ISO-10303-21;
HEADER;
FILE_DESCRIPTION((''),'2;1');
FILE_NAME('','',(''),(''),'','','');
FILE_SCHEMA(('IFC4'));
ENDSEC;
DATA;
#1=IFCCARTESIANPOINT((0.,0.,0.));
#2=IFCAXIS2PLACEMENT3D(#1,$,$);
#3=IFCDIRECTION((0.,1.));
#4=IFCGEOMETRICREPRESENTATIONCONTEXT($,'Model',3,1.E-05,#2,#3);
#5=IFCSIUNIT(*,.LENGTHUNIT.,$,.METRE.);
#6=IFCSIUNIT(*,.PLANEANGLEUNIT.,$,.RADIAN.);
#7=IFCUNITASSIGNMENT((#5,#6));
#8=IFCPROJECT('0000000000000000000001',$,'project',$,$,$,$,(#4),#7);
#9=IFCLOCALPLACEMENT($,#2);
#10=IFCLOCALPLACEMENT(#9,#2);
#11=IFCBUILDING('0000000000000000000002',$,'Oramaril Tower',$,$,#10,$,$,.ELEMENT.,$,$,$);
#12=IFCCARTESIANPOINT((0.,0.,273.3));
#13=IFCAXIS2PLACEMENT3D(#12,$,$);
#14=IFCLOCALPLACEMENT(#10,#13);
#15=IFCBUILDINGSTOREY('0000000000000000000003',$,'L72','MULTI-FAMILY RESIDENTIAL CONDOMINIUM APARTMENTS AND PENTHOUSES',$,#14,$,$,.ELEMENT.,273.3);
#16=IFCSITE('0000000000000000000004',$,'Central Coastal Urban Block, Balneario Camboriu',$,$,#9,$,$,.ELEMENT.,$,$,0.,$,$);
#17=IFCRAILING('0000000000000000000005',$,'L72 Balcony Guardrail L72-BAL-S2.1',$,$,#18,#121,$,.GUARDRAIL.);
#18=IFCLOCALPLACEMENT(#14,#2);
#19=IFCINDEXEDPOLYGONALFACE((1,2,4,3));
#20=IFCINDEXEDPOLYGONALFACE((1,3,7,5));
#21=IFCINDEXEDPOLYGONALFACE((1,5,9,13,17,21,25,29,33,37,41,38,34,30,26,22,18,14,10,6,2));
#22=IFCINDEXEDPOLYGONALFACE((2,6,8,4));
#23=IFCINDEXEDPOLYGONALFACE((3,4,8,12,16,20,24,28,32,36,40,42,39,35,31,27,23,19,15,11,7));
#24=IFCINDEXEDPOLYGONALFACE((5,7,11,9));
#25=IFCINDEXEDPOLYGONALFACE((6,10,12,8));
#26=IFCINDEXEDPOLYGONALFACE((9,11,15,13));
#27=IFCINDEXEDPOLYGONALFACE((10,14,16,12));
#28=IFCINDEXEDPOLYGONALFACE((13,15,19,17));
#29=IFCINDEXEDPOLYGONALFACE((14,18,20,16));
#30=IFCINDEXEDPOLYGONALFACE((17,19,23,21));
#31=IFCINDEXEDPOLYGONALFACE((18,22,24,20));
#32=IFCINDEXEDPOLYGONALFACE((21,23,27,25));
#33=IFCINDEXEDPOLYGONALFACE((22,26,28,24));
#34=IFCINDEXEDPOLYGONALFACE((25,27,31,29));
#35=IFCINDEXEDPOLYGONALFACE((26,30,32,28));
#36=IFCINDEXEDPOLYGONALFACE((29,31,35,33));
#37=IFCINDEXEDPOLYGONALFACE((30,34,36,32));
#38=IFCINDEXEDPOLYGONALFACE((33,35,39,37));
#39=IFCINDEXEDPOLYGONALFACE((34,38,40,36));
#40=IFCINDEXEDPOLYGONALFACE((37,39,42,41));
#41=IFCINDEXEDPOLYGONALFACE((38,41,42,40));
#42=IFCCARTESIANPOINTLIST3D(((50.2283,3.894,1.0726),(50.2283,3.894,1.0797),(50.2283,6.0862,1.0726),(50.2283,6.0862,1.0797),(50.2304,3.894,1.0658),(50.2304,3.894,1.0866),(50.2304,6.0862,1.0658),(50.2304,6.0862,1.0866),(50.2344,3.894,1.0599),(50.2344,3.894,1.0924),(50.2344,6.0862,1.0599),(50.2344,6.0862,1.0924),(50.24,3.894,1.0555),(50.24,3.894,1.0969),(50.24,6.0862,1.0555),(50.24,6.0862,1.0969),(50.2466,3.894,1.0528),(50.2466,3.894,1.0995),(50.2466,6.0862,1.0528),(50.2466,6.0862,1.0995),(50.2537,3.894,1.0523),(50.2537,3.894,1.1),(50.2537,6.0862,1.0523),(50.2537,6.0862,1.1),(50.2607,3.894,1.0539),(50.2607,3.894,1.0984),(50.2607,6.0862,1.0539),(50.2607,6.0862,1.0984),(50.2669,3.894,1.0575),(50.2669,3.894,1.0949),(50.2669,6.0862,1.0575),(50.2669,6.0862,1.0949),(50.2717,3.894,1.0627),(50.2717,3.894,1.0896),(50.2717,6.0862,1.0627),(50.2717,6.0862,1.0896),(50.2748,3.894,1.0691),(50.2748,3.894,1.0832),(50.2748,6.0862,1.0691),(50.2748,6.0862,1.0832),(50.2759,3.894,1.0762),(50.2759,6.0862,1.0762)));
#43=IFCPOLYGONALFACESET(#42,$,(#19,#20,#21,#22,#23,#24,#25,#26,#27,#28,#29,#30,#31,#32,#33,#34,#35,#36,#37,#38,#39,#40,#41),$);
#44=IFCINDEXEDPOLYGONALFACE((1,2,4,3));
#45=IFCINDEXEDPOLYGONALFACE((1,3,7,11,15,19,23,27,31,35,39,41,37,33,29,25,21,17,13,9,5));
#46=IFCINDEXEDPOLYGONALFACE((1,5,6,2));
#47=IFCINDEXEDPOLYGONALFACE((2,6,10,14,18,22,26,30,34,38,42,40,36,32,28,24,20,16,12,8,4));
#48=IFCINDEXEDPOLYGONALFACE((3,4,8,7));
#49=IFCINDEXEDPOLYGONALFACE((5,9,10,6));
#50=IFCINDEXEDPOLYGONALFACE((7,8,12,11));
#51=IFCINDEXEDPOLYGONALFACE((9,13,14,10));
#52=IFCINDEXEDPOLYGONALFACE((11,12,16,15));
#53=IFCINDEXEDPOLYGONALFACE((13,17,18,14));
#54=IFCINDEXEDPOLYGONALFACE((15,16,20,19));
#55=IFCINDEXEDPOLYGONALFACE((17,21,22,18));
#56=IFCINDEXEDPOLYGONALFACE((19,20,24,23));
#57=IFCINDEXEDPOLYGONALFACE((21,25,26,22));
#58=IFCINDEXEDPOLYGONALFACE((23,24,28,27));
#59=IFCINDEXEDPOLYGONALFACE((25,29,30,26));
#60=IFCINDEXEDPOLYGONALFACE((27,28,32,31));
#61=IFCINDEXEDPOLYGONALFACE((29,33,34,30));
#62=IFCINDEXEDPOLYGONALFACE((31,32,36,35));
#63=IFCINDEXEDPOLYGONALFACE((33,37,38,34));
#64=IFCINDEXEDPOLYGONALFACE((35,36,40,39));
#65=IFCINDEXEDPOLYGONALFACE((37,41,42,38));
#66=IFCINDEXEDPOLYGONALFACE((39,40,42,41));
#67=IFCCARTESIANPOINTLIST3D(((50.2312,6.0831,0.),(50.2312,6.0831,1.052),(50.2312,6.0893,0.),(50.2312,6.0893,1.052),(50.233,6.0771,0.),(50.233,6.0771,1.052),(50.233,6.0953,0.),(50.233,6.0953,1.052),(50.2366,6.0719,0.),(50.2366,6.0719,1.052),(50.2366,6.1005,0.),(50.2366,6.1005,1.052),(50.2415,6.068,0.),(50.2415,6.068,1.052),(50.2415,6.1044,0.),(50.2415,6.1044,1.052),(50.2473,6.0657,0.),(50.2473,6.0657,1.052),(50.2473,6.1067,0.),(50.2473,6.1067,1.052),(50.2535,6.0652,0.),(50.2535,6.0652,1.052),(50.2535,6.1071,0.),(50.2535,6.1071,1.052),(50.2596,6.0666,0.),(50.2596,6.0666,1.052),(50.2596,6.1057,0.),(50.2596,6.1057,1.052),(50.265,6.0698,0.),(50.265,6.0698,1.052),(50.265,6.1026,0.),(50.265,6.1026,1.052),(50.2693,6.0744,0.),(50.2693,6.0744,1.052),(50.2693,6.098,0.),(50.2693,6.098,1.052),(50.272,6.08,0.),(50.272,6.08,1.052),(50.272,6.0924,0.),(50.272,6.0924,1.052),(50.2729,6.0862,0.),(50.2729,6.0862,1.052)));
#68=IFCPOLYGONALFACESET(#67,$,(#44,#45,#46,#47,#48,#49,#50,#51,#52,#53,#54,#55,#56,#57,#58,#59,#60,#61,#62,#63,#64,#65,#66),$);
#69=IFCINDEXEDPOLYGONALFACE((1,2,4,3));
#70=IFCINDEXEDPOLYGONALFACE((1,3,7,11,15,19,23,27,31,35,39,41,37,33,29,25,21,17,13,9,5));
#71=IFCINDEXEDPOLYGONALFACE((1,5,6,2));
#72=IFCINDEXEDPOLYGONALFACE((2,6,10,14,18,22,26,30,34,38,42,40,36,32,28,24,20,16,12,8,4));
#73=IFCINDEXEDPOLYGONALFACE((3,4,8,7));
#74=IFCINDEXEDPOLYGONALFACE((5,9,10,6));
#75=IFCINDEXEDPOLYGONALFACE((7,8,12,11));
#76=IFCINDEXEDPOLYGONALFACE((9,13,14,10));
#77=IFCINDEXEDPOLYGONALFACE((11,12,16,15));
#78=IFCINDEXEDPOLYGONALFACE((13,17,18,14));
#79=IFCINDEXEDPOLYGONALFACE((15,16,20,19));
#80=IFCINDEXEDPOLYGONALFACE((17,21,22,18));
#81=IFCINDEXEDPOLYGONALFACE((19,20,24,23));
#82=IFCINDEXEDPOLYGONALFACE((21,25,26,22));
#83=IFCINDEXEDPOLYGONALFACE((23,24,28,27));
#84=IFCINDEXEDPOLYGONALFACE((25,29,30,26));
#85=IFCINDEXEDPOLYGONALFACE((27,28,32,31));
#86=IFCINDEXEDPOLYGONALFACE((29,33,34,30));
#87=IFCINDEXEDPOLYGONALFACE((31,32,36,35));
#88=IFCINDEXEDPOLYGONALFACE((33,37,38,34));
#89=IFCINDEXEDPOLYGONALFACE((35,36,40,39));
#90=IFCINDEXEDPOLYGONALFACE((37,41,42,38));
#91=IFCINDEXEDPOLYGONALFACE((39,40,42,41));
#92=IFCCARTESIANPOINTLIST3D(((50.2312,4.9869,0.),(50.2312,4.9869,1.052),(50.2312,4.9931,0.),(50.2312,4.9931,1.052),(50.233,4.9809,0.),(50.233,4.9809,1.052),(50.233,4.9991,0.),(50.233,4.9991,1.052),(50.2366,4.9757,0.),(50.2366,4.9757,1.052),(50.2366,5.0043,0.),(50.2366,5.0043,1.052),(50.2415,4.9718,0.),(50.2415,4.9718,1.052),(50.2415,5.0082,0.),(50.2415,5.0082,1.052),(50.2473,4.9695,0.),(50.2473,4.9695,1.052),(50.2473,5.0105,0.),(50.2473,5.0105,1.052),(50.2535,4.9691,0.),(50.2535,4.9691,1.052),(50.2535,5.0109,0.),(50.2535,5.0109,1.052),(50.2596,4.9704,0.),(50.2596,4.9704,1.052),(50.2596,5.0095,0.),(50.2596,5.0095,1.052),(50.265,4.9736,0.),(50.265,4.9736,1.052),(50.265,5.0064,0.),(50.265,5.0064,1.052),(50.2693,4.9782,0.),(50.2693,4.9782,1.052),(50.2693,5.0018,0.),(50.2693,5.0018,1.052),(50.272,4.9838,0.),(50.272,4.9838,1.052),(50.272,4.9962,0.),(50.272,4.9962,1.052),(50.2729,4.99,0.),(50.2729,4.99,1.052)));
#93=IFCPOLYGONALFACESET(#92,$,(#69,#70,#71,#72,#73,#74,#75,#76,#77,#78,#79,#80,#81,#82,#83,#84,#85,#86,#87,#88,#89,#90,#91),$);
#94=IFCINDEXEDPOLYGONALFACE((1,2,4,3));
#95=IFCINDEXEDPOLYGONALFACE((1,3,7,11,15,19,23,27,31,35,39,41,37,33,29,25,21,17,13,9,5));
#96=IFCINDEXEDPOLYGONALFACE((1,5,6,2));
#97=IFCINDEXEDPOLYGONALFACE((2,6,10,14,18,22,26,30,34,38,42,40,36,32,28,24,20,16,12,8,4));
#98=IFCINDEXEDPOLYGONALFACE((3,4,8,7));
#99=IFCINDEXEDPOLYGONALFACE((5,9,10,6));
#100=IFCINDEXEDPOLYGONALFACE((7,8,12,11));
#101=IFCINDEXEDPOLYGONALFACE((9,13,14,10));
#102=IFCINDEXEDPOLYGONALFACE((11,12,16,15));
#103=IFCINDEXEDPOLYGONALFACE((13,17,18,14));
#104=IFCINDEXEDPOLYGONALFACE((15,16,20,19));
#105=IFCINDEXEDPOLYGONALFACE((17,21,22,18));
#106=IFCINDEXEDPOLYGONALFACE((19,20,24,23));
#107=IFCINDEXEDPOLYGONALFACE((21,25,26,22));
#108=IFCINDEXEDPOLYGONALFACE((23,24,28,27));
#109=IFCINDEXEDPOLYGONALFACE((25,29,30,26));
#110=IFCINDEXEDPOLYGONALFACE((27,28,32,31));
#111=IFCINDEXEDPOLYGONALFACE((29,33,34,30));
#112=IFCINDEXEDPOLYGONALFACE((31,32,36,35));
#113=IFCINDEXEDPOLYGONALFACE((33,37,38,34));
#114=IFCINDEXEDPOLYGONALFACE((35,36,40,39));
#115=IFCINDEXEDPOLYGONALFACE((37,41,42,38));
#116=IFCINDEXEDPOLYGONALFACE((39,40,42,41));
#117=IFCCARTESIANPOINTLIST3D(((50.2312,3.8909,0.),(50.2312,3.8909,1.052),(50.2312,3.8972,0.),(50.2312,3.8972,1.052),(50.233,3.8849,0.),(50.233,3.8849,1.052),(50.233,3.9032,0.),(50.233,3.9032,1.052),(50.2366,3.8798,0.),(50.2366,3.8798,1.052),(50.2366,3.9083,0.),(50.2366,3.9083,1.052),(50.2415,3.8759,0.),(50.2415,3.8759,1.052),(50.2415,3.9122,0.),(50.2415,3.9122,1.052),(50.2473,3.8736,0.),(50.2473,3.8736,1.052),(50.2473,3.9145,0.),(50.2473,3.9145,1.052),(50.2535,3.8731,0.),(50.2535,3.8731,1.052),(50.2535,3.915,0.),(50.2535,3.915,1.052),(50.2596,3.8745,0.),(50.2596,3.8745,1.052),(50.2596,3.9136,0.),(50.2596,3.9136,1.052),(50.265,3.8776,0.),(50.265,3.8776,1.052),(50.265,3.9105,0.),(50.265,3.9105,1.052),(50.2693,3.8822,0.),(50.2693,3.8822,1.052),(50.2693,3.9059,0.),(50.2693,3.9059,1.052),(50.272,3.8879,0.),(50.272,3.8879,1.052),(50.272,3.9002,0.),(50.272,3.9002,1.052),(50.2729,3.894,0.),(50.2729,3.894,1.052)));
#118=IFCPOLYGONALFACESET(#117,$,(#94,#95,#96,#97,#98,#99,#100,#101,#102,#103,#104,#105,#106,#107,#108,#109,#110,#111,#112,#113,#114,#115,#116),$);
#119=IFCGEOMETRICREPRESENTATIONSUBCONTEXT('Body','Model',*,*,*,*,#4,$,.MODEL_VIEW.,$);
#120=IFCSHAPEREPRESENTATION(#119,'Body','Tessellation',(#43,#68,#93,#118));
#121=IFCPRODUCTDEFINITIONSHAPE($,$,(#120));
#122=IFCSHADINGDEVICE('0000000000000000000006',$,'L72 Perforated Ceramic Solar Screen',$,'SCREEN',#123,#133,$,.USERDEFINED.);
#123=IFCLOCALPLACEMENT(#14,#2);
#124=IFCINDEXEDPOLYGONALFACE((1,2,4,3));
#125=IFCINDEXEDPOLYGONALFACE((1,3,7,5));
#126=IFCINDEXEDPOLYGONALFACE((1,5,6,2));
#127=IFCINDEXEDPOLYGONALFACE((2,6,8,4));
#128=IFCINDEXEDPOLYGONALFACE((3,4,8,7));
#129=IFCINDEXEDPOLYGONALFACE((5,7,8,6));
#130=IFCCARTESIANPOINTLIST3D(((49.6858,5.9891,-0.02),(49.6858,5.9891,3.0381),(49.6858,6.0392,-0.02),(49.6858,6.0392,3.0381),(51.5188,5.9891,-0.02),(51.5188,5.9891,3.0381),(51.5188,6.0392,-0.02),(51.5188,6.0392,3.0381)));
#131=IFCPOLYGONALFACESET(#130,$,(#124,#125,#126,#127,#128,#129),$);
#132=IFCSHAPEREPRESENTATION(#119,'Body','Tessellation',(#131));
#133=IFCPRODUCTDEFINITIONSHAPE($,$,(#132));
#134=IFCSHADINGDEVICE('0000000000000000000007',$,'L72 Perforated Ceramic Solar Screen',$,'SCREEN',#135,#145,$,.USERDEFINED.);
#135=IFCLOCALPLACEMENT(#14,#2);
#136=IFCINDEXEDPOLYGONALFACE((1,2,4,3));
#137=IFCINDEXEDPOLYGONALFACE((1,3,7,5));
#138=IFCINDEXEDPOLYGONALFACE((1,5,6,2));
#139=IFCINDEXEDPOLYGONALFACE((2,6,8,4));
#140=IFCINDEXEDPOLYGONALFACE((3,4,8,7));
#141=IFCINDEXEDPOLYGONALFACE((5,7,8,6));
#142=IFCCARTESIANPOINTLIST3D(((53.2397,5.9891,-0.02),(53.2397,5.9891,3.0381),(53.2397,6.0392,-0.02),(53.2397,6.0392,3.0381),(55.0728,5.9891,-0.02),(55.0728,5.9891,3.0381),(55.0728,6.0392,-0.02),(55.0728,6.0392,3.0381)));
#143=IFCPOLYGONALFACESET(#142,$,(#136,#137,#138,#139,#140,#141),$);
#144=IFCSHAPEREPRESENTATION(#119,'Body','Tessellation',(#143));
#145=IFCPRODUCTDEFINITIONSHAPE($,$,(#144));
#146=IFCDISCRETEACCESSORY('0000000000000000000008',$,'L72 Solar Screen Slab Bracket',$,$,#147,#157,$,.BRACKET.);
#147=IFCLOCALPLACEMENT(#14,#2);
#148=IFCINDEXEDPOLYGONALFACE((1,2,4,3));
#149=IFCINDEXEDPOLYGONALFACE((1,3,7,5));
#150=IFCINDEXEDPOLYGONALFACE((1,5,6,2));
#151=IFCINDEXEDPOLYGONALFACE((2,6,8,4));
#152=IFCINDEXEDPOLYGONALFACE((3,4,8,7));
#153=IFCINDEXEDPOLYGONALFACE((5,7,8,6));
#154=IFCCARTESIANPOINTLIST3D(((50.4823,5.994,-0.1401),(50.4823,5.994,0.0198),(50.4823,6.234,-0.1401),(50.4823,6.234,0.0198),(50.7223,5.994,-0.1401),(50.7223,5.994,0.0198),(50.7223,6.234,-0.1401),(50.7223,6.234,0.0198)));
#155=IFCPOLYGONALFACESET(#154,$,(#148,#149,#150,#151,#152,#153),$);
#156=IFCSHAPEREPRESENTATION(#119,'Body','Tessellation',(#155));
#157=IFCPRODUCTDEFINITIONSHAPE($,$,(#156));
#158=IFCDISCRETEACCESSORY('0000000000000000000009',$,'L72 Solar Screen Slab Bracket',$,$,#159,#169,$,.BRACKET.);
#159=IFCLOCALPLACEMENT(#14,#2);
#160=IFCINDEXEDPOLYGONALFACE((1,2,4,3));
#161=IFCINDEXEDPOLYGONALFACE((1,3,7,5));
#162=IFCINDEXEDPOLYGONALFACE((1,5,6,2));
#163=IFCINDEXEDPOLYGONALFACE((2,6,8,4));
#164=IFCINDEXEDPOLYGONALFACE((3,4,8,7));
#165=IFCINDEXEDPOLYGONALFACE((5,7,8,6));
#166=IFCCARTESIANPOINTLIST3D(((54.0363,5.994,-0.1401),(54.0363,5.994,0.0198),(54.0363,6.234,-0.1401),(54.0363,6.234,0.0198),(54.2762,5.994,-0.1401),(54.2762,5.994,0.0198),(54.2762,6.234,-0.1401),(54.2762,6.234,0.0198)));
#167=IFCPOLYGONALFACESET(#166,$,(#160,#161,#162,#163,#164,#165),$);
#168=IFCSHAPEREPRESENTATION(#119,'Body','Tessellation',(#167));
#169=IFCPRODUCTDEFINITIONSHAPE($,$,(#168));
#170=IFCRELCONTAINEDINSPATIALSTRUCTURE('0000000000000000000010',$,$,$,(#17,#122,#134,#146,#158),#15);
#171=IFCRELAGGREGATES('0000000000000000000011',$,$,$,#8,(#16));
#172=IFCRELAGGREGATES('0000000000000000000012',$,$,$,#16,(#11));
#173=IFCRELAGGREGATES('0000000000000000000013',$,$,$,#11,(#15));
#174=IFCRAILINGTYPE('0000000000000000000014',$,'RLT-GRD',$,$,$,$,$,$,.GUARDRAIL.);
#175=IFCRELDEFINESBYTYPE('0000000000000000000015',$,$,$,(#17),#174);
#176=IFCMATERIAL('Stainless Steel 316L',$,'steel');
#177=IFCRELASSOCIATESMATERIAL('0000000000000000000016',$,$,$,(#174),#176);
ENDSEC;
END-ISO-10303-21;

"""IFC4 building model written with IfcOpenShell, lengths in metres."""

from ifc_helpers import new_model, si_unit, direction, frame, origin, origin_2d, place, context, subcontext, project, spatial, rectangle, circle, extrude, material, type_object, element, save


model = new_model("IFC4")

# Units and contexts
model_context = context("Model", 3, precision=1e-05, world=origin(), true_north=direction((0.0, 1.0)))
body_context = subcontext(model_context, "Body", "Model", "MODEL_VIEW")
ifc_project = project(units=[si_unit("LENGTHUNIT", "METRE"), si_unit("PLANEANGLEUNIT", "RADIAN")], contexts=[model_context])

# Site, building, storey
site_placement = place(None, origin())
site = spatial("IfcSite", under=ifc_project, at=site_placement, Name="Central Coastal Urban Block, Balneario Camboriu", CompositionType="ELEMENT", RefElevation=0.0)
building_placement = place(site_placement, origin())
building = spatial("IfcBuilding", under=site, at=building_placement, Name="Oramaril Tower", CompositionType="ELEMENT")
storey_placement = place(building_placement, frame((0.0, 0.0, 273.3)))
storey = spatial("IfcBuildingStorey", under=building, at=storey_placement, Name="L72", Description="MULTI-FAMILY RESIDENTIAL CONDOMINIUM APARTMENTS AND PENTHOUSES", CompositionType="ELEMENT", Elevation=273.3)

# Railing
ifc_material_1 = material(Name="Stainless Steel 316L", Category="steel")
railing_type = type_object("IfcRailingType", Name="RLT-GRD", PredefinedType="GUARDRAIL", material=ifc_material_1)
railing_1_placement = place(storey_placement, frame((50.252, 6.0862, 0.0)))
element("IfcRailing", 1, at=railing_1_placement, inside=storey, type_object=railing_type, Name="L72 Balcony Guardrail L72-BAL-S2.1", PredefinedType="GUARDRAIL", context=body_context, shape_type="SweptSolid", body=[
    extrude(circle(Radius=0.0239, at=origin_2d()), frame((0.0, 0.0, 1.0762), z_axis=(0.0, -1.0, 0.0), x_axis=(1.0, 0.0, 0.0)), (0.0, 0.0, 1.0), 2.1921),
    extrude(circle(Radius=0.021, at=origin_2d()), origin(), (0.0, 0.0, 1.0), 1.052),
    extrude(circle(Radius=0.021, at=origin_2d()), frame((0.0, -1.0962, 0.0)), (0.0, 0.0, 1.0), 1.052),
    extrude(circle(Radius=0.021, at=origin_2d()), frame((0.0, -2.1921, 0.0)), (0.0, 0.0, 1.0), 1.052),
])

# Shading devices
for number, where, z_axis, x_axis, name in (
    (2, (50.6023, 6.0142, -0.02), (0.0, 0.0, 1.0), (1.0, 0.0, 0.0), "L72 Perforated Ceramic Solar Screen"),
    (3, (54.1562, 6.0142, -0.02), (0.0, 0.0, 1.0), (1.0, 0.0, 0.0), "L72 Perforated Ceramic Solar Screen"),
):
    element("IfcShadingDevice", number, at=place(storey_placement, frame(where, z_axis=z_axis, x_axis=x_axis)), inside=storey, Name=name, ObjectType="SCREEN", PredefinedType="USERDEFINED", context=body_context, shape_type="SweptSolid", body=[
        extrude(rectangle(XDim=1.833, YDim=0.05, at=origin_2d()), origin(), (0.0, 0.0, 1.0), 3.0581),
    ])

# Discrete accessories
for number, where, z_axis, x_axis, name in (
    (4, (50.6023, 6.114, -0.1401), (0.0, 0.0, 1.0), (1.0, 0.0, 0.0), "L72 Solar Screen Slab Bracket"),
    (5, (54.1562, 6.114, -0.1401), (0.0, 0.0, 1.0), (1.0, 0.0, 0.0), "L72 Solar Screen Slab Bracket"),
):
    element("IfcDiscreteAccessory", number, at=place(storey_placement, frame(where, z_axis=z_axis, x_axis=x_axis)), inside=storey, Name=name, PredefinedType="BRACKET", context=body_context, shape_type="SweptSolid", body=[
        extrude(rectangle(XDim=0.24, YDim=0.24, at=origin_2d()), origin(), (0.0, 0.0, 1.0), 0.1599),
    ])

save(model, "model.ifc")
